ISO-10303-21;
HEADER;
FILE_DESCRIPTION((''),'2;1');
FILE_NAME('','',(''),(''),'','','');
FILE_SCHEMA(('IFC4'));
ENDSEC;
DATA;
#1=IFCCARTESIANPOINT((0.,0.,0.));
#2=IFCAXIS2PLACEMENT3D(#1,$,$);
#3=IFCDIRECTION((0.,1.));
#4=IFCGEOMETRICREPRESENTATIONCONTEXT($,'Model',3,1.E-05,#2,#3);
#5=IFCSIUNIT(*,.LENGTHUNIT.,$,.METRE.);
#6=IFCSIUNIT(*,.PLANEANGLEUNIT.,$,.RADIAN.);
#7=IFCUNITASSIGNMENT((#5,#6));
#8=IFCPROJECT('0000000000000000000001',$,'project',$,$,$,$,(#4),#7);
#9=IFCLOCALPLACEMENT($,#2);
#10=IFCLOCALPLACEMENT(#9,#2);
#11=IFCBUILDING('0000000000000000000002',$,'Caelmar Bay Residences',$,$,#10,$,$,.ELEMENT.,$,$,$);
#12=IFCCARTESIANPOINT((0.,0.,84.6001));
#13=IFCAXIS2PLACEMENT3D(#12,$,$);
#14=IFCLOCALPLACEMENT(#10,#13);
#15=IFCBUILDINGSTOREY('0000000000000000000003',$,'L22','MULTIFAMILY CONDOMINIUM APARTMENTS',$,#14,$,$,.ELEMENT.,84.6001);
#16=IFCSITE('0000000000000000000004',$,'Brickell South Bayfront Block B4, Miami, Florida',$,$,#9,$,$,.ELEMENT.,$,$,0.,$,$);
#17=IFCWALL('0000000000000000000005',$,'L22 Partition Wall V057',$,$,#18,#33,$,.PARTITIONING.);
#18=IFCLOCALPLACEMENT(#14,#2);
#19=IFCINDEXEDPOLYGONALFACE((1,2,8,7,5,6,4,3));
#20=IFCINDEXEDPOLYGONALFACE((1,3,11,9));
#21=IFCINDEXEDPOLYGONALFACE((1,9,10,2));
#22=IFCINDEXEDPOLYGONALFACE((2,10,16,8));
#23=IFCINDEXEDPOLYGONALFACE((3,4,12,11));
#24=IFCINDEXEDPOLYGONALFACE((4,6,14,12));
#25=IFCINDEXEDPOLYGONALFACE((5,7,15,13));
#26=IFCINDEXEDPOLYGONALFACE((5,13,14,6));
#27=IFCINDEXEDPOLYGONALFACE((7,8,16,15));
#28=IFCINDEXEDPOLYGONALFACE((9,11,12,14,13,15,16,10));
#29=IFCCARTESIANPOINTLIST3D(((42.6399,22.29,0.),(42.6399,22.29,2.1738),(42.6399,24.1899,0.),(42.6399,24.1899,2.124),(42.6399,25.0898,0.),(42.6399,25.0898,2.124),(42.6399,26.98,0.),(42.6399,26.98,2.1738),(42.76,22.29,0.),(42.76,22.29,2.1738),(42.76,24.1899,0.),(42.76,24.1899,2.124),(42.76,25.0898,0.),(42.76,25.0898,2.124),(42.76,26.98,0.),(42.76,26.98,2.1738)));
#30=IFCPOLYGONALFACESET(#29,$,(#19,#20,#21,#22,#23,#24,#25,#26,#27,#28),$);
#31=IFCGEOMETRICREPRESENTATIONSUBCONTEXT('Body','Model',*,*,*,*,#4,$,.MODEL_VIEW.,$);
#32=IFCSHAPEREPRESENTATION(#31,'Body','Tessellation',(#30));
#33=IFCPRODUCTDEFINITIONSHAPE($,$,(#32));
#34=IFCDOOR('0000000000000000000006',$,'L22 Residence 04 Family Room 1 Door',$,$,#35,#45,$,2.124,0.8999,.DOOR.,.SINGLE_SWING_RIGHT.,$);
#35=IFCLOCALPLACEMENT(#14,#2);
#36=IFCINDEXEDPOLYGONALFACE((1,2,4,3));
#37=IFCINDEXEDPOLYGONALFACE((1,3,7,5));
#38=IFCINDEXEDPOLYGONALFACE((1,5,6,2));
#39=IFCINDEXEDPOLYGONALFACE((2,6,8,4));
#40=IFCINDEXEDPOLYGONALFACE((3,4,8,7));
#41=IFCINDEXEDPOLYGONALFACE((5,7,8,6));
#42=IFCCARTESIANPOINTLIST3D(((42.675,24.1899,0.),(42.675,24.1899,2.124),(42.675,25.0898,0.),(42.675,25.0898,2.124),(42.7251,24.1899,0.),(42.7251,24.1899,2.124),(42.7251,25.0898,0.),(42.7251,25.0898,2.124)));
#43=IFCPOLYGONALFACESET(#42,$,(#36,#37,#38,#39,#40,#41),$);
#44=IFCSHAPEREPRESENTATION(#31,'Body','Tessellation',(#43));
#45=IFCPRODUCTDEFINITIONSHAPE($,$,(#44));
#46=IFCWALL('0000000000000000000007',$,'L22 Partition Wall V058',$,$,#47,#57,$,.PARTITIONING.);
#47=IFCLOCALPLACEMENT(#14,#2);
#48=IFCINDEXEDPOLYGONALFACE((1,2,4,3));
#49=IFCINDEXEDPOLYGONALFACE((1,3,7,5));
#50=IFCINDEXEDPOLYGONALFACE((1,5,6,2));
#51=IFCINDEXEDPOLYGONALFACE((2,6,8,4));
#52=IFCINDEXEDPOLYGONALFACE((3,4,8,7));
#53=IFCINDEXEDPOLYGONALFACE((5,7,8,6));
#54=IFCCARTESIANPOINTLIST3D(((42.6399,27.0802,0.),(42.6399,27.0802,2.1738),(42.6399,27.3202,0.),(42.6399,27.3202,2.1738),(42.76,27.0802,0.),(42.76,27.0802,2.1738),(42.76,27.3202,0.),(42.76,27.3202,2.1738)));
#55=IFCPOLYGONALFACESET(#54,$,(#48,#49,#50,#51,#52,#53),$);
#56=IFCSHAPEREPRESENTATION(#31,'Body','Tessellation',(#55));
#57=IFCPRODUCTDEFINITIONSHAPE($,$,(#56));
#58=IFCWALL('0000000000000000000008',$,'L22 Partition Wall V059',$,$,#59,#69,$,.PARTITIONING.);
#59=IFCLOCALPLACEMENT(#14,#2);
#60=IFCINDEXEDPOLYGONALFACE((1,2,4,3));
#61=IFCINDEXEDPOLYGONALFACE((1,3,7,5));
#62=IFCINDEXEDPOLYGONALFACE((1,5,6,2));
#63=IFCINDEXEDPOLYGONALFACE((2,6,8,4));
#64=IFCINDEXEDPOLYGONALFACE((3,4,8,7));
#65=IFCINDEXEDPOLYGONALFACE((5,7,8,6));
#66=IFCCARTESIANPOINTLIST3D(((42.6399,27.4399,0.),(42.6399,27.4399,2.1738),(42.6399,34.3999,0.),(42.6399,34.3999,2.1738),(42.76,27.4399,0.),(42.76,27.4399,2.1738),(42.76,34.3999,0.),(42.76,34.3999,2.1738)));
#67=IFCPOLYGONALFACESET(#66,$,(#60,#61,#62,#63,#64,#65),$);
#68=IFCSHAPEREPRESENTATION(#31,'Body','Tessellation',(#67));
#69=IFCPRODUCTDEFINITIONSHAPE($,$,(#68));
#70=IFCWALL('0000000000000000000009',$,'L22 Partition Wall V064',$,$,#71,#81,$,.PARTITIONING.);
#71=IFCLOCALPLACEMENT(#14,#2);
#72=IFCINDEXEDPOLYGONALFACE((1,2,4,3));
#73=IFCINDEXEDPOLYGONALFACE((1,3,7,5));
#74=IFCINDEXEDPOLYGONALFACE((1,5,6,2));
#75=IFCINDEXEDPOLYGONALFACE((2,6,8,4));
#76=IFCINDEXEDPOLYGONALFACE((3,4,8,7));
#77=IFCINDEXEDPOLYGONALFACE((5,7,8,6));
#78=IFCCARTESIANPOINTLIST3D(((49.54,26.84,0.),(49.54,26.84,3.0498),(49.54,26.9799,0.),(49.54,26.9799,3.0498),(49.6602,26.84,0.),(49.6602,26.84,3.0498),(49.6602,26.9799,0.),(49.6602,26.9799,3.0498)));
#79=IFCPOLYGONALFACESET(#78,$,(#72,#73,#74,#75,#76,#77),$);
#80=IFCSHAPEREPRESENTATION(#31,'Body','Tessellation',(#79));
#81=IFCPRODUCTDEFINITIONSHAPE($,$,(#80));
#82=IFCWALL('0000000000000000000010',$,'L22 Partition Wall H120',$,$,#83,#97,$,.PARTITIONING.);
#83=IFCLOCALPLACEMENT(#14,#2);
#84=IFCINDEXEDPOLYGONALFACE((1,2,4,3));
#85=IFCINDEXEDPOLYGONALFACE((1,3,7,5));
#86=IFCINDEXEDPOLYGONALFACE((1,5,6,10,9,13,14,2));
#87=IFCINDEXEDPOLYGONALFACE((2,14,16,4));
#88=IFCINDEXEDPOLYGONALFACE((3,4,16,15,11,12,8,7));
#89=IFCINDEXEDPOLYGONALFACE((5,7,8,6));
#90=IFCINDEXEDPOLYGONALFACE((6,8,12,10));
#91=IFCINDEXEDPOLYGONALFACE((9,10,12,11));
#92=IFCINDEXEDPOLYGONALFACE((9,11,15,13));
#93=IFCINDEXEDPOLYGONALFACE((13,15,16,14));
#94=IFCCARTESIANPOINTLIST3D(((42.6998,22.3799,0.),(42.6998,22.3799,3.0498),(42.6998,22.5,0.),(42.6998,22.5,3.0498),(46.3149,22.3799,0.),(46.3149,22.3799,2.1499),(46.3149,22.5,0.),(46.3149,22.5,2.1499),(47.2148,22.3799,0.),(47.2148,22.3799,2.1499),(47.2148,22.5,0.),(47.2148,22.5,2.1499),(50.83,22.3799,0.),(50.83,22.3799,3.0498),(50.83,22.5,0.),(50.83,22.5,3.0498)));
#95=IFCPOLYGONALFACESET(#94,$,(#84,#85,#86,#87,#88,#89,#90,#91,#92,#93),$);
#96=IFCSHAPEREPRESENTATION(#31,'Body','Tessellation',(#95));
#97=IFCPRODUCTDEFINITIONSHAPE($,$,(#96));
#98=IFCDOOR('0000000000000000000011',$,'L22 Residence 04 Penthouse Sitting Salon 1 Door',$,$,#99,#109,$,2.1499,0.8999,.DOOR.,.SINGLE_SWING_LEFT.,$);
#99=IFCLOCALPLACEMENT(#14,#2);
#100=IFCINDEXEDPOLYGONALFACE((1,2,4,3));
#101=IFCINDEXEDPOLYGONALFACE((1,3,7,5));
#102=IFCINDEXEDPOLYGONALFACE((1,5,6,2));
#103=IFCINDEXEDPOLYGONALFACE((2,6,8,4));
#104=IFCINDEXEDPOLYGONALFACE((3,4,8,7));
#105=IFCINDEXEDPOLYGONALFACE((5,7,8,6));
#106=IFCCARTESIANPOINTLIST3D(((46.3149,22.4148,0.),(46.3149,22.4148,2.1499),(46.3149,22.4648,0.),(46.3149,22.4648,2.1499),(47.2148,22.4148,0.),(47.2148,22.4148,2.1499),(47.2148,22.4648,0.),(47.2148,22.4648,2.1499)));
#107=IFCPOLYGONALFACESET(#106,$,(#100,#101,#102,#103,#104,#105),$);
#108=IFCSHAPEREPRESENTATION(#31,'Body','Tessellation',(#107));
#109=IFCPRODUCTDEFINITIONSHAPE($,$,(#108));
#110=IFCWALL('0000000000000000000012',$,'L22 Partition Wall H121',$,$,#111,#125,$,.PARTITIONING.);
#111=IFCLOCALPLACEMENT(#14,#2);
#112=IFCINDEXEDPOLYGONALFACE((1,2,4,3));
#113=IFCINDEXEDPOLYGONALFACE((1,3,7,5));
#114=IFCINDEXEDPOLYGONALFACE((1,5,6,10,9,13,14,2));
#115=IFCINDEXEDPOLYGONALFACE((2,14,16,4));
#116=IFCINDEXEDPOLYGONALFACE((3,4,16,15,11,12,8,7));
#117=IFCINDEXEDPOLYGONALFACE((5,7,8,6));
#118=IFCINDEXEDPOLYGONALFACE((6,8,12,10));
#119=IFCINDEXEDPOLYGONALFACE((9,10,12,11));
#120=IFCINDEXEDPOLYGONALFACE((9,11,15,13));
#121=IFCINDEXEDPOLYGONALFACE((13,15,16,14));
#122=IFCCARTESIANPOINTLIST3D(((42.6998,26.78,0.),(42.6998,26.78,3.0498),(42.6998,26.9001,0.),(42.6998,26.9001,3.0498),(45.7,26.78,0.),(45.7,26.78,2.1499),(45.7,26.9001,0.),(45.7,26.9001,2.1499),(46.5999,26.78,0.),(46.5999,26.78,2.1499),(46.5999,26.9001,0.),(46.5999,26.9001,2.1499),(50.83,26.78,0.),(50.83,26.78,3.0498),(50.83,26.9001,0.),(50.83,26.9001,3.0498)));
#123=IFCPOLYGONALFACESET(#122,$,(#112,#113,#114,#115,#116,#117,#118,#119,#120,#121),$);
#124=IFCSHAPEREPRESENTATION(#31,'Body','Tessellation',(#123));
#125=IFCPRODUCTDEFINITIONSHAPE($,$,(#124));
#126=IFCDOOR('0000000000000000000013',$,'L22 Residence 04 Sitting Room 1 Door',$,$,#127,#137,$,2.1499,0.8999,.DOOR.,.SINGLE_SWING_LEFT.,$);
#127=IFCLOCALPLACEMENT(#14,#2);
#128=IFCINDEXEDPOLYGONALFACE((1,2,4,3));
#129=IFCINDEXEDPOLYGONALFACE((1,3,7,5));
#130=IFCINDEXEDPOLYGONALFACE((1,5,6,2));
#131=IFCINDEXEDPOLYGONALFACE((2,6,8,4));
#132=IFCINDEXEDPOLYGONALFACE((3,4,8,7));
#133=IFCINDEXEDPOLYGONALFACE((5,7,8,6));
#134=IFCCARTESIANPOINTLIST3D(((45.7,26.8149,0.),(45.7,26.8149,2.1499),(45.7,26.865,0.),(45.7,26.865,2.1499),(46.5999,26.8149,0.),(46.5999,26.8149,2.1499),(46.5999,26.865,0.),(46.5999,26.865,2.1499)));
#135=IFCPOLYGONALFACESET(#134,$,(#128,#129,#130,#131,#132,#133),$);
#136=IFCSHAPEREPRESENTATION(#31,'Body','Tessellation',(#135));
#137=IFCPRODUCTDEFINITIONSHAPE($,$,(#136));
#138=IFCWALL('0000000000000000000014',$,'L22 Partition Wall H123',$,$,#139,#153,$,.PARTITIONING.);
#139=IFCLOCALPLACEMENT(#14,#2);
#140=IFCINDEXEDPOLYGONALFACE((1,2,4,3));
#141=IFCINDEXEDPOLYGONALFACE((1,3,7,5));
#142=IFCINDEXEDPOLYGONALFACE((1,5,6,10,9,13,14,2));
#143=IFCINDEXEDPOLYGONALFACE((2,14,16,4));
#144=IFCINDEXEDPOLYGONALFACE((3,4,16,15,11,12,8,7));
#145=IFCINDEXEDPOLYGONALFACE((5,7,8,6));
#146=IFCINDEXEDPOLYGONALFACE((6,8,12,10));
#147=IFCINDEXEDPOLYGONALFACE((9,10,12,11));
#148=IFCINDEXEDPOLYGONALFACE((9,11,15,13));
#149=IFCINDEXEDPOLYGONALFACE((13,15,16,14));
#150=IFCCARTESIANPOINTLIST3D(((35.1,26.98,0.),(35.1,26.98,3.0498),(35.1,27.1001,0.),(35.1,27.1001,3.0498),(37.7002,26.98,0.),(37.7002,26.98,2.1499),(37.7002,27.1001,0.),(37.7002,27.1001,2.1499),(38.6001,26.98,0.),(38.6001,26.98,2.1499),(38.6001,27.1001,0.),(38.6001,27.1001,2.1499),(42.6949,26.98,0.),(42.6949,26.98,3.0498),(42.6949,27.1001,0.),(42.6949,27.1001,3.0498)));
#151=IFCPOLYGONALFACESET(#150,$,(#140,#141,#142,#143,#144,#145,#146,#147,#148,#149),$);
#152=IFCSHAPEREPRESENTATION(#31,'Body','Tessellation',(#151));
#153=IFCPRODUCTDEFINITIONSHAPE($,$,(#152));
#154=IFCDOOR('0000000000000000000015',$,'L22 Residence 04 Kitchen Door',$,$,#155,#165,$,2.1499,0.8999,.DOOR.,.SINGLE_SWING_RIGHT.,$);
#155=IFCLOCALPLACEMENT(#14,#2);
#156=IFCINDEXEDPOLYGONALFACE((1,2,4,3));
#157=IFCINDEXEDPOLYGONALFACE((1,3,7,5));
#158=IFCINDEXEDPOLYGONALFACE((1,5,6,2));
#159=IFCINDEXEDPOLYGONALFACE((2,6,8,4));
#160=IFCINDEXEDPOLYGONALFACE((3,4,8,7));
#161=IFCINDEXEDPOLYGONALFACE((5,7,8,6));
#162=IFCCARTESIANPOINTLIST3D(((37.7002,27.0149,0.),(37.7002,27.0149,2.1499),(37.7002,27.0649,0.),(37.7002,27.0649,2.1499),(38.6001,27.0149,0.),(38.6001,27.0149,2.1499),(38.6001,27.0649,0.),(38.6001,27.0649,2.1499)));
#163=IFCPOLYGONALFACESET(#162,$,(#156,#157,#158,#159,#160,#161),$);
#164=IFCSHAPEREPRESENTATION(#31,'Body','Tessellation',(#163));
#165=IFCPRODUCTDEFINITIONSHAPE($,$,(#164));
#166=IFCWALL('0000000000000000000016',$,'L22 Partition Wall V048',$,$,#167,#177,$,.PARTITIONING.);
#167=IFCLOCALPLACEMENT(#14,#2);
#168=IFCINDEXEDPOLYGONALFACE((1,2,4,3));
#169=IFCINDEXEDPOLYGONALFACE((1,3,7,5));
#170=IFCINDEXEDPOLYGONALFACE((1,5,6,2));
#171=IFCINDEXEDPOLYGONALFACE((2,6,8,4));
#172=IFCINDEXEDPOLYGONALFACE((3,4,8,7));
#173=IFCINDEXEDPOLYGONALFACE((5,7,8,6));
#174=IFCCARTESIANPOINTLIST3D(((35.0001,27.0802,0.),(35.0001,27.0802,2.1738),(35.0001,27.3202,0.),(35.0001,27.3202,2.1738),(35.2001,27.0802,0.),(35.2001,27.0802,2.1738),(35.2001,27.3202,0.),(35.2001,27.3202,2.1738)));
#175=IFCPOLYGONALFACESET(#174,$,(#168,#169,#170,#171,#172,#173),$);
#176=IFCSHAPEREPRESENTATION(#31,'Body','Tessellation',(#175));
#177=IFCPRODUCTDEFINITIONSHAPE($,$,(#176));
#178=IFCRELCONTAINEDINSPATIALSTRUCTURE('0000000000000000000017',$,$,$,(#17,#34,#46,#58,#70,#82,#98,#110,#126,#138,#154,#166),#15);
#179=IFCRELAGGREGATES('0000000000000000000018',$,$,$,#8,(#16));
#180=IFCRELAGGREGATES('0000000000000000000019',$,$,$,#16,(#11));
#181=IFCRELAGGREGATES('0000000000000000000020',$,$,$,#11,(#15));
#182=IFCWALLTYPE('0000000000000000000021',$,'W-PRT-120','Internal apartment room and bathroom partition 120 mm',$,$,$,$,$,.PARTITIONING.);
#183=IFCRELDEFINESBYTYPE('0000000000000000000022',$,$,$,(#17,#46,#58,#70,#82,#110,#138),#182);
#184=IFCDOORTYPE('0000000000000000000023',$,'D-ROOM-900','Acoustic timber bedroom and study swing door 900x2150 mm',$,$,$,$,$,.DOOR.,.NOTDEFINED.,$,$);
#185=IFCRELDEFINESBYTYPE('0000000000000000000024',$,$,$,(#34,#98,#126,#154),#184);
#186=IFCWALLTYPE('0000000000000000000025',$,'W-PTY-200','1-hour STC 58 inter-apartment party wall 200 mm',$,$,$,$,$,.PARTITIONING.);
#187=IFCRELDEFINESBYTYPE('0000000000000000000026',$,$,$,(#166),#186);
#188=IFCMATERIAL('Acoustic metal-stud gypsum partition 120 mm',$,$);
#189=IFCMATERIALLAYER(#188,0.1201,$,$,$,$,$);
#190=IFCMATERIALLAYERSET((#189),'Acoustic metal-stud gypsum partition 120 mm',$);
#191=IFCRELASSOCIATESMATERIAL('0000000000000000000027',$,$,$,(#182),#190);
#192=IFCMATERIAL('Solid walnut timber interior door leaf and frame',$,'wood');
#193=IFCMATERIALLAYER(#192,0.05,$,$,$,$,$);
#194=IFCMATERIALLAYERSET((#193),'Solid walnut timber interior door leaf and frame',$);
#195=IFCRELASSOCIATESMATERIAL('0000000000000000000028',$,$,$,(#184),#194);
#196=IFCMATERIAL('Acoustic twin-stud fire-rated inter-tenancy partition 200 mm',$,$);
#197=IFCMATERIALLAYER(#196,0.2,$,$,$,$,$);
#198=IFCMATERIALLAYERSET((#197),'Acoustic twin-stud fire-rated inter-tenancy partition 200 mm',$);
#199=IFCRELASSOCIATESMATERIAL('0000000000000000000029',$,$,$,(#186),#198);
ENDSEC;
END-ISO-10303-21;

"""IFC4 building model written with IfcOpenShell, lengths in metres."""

from ifc_helpers import new_model, si_unit, direction, frame, frame_2d, origin, place, context, subcontext, project, spatial, rectangle, extrude, material, layer, layer_set, type_object, element, fill, save


model = new_model("IFC4")

# Units and contexts
model_context = context("Model", 3, precision=1e-05, world=origin(), true_north=direction((0.0, 1.0)))
body_context = subcontext(model_context, "Body", "Model", "MODEL_VIEW")
ifc_project = project(units=[si_unit("LENGTHUNIT", "METRE"), si_unit("PLANEANGLEUNIT", "RADIAN")], contexts=[model_context])

# Site, building, storey
site_placement = place(None, origin())
site = spatial("IfcSite", under=ifc_project, at=site_placement, Name="Brickell South Bayfront Block B4, Miami, Florida", CompositionType="ELEMENT", RefElevation=0.0)
building_placement = place(site_placement, origin())
building = spatial("IfcBuilding", under=site, at=building_placement, Name="Caelmar Bay Residences", CompositionType="ELEMENT")
storey_placement = place(building_placement, frame((0.0, 0.0, 84.6001)))
storey = spatial("IfcBuildingStorey", under=building, at=storey_placement, Name="L22", Description="MULTIFAMILY CONDOMINIUM APARTMENTS", CompositionType="ELEMENT", Elevation=84.6001)

# Shared definitions
ifc_material_1 = material(Name="Acoustic metal-stud gypsum partition 120 mm")
ifc_layer_1 = layer(ifc_material_1, 0.1201)
ifc_layer_set_1 = layer_set([ifc_layer_1], Name="Acoustic metal-stud gypsum partition 120 mm")
wall_type_1 = type_object("IfcWallType", Name="W-PRT-120", Description="Internal apartment room and bathroom partition 120 mm", PredefinedType="PARTITIONING", material=ifc_layer_set_1)

# Wall, opening, door
ifc_material_2 = material(Name="Solid walnut timber interior door leaf and frame", Category="wood")
wall_1_placement = place(storey_placement, frame((42.7, 22.29, 0.0), z_axis=(0.0, 0.0, 1.0), x_axis=(0.0, 1.0, 0.0)))
wall_1 = element("IfcWall", 1, at=wall_1_placement, inside=storey, type_object=wall_type_1, Name="L22 Partition Wall V057", PredefinedType="PARTITIONING", context=body_context, shape_type="SweptSolid", body=[
    extrude(rectangle(XDim=4.6899, YDim=0.1201, at=frame_2d((2.345, 0.0))), origin(), (0.0, 0.0, 1.0), 2.1738),
])
opening_1_placement = place(wall_1_placement, frame((1.8999, 0.0, 0.0)))
opening_1 = element("IfcOpeningElement", 2, at=opening_1_placement, cuts=wall_1, PredefinedType="OPENING", context=body_context, shape_type="SweptSolid", body=[
    extrude(rectangle(XDim=0.8999, YDim=2.124, at=frame_2d((0.45, 1.062))), frame((0.0, 0.0701, 0.0), z_axis=(0.0, -1.0, 0.0), x_axis=(1.0, 0.0, 0.0)), (0.0, 0.0, 1.0), 0.1401),
])
ifc_layer_2 = layer(ifc_material_2, 0.05)
ifc_layer_set_2 = layer_set([ifc_layer_2], Name="Solid walnut timber interior door leaf and frame")
door_type_1 = type_object("IfcDoorType", Name="D-ROOM-900", Description="Acoustic timber bedroom and study swing door 900x2150 mm", OperationType="NOTDEFINED", PredefinedType="DOOR", material=ifc_layer_set_2)
door_1_placement = place(opening_1_placement, origin())
door_1 = element("IfcDoor", 3, at=door_1_placement, inside=storey, type_object=door_type_1, Name="L22 Residence 04 Family Room 1 Door", OperationType="SINGLE_SWING_RIGHT", OverallHeight=2.124, OverallWidth=0.8999, PredefinedType="DOOR", context=body_context, shape_type="SweptSolid", body=[
    extrude(rectangle(XDim=0.8999, YDim=2.124, at=frame_2d((0.45, 1.062))), frame((0.0, 0.0249, 0.0), z_axis=(0.0, -1.0, 0.0), x_axis=(1.0, 0.0, 0.0)), (0.0, 0.0, 1.0), 0.05),
])
fill(opening_1, door_1)

# Walls
wall_2_placement = place(storey_placement, frame((42.7, 27.0801, 0.0), z_axis=(0.0, 0.0, 1.0), x_axis=(0.0, 1.0, 0.0)))
element("IfcWall", 4, at=wall_2_placement, inside=storey, type_object=wall_type_1, Name="L22 Partition Wall V058", PredefinedType="PARTITIONING", context=body_context, shape_type="SweptSolid", body=[
    extrude(rectangle(XDim=0.24, YDim=0.1201, at=frame_2d((0.1201, 0.0))), origin(), (0.0, 0.0, 1.0), 2.1738),
])
wall_3_placement = place(storey_placement, frame((42.7, 27.4399, 0.0), z_axis=(0.0, 0.0, 1.0), x_axis=(0.0, 1.0, 0.0)))
element("IfcWall", 5, at=wall_3_placement, inside=storey, type_object=wall_type_1, Name="L22 Partition Wall V059", PredefinedType="PARTITIONING", context=body_context, shape_type="SweptSolid", body=[
    extrude(rectangle(XDim=6.96, YDim=0.1201, at=frame_2d((3.48, 0.0))), origin(), (0.0, 0.0, 1.0), 2.1738),
])
wall_4_placement = place(storey_placement, frame((49.6001, 26.8401, 0.0), z_axis=(0.0, 0.0, 1.0), x_axis=(0.0, 1.0, 0.0)))
element("IfcWall", 6, at=wall_4_placement, inside=storey, type_object=wall_type_1, Name="L22 Partition Wall V064", PredefinedType="PARTITIONING", context=body_context, shape_type="SweptSolid", body=[
    extrude(rectangle(XDim=0.1399, YDim=0.1201, at=frame_2d((0.0698, 0.0))), origin(), (0.0, 0.0, 1.0), 3.0498),
])

# Walls, openings, doors
wall_5_placement = place(storey_placement, frame((42.7, 22.4399, 0.0), z_axis=(0.0, 0.0, 1.0), x_axis=(1.0, 0.0, 0.0)))
wall_5 = element("IfcWall", 7, at=wall_5_placement, inside=storey, type_object=wall_type_1, Name="L22 Partition Wall H120", PredefinedType="PARTITIONING", context=body_context, shape_type="SweptSolid", body=[
    extrude(rectangle(XDim=8.1301, YDim=0.1201, at=frame_2d((4.0649, 0.0))), origin(), (0.0, 0.0, 1.0), 3.0498),
])
opening_2_placement = place(wall_5_placement, frame((3.615, 0.0, 0.0)))
opening_2 = element("IfcOpeningElement", 8, at=opening_2_placement, cuts=wall_5, PredefinedType="OPENING", context=body_context, shape_type="SweptSolid", body=[
    extrude(rectangle(XDim=0.8999, YDim=2.1499, at=frame_2d((0.45, 1.075))), frame((0.0, 0.0701, 0.0), z_axis=(0.0, -1.0, 0.0), x_axis=(1.0, 0.0, 0.0)), (0.0, 0.0, 1.0), 0.1401),
])
door_2_placement = place(opening_2_placement, origin())
door_2 = element("IfcDoor", 9, at=door_2_placement, inside=storey, type_object=door_type_1, Name="L22 Residence 04 Penthouse Sitting Salon 1 Door", OperationType="SINGLE_SWING_LEFT", OverallHeight=2.1499, OverallWidth=0.8999, PredefinedType="DOOR", context=body_context, shape_type="SweptSolid", body=[
    extrude(rectangle(XDim=0.8999, YDim=2.1499, at=frame_2d((0.45, 1.075))), frame((0.0, 0.0249, 0.0), z_axis=(0.0, -1.0, 0.0), x_axis=(1.0, 0.0, 0.0)), (0.0, 0.0, 1.0), 0.05),
])
fill(opening_2, door_2)
wall_6_placement = place(storey_placement, frame((42.7, 26.8401, 0.0), z_axis=(0.0, 0.0, 1.0), x_axis=(1.0, 0.0, 0.0)))
wall_6 = element("IfcWall", 10, at=wall_6_placement, inside=storey, type_object=wall_type_1, Name="L22 Partition Wall H121", PredefinedType="PARTITIONING", context=body_context, shape_type="SweptSolid", body=[
    extrude(rectangle(XDim=8.1301, YDim=0.1201, at=frame_2d((4.0649, 0.0))), origin(), (0.0, 0.0, 1.0), 3.0498),
])
opening_3_placement = place(wall_6_placement, frame((3.0, 0.0, 0.0)))
opening_3 = element("IfcOpeningElement", 11, at=opening_3_placement, cuts=wall_6, PredefinedType="OPENING", context=body_context, shape_type="SweptSolid", body=[
    extrude(rectangle(XDim=0.8999, YDim=2.1499, at=frame_2d((0.45, 1.075))), frame((0.0, 0.0701, 0.0), z_axis=(0.0, -1.0, 0.0), x_axis=(1.0, 0.0, 0.0)), (0.0, 0.0, 1.0), 0.1401),
])
door_3_placement = place(opening_3_placement, origin())
door_3 = element("IfcDoor", 12, at=door_3_placement, inside=storey, type_object=door_type_1, Name="L22 Residence 04 Sitting Room 1 Door", OperationType="SINGLE_SWING_LEFT", OverallHeight=2.1499, OverallWidth=0.8999, PredefinedType="DOOR", context=body_context, shape_type="SweptSolid", body=[
    extrude(rectangle(XDim=0.8999, YDim=2.1499, at=frame_2d((0.45, 1.075))), frame((0.0, 0.0249, 0.0), z_axis=(0.0, -1.0, 0.0), x_axis=(1.0, 0.0, 0.0)), (0.0, 0.0, 1.0), 0.05),
])
fill(opening_3, door_3)
wall_7_placement = place(storey_placement, frame((35.1001, 27.04, 0.0), z_axis=(0.0, 0.0, 1.0), x_axis=(1.0, 0.0, 0.0)))
wall_7 = element("IfcWall", 13, at=wall_7_placement, inside=storey, type_object=wall_type_1, Name="L22 Partition Wall H123", PredefinedType="PARTITIONING", context=body_context, shape_type="SweptSolid", body=[
    extrude(rectangle(XDim=7.595, YDim=0.1201, at=frame_2d((3.7974, 0.0))), origin(), (0.0, 0.0, 1.0), 3.0498),
])
opening_4_placement = place(wall_7_placement, frame((2.6001, 0.0, 0.0)))
opening_4 = element("IfcOpeningElement", 14, at=opening_4_placement, cuts=wall_7, PredefinedType="OPENING", context=body_context, shape_type="SweptSolid", body=[
    extrude(rectangle(XDim=0.8999, YDim=2.1499, at=frame_2d((0.45, 1.075))), frame((0.0, 0.0701, 0.0), z_axis=(0.0, -1.0, 0.0), x_axis=(1.0, 0.0, 0.0)), (0.0, 0.0, 1.0), 0.1401),
])
door_4_placement = place(opening_4_placement, origin())
door_4 = element("IfcDoor", 15, at=door_4_placement, inside=storey, type_object=door_type_1, Name="L22 Residence 04 Kitchen Door", OperationType="SINGLE_SWING_RIGHT", OverallHeight=2.1499, OverallWidth=0.8999, PredefinedType="DOOR", context=body_context, shape_type="SweptSolid", body=[
    extrude(rectangle(XDim=0.8999, YDim=2.1499, at=frame_2d((0.45, 1.075))), frame((0.0, 0.0249, 0.0), z_axis=(0.0, -1.0, 0.0), x_axis=(1.0, 0.0, 0.0)), (0.0, 0.0, 1.0), 0.05),
])
fill(opening_4, door_4)

# Wall
ifc_material_3 = material(Name="Acoustic twin-stud fire-rated inter-tenancy partition 200 mm")
ifc_layer_3 = layer(ifc_material_3, 0.2)
ifc_layer_set_3 = layer_set([ifc_layer_3], Name="Acoustic twin-stud fire-rated inter-tenancy partition 200 mm")
wall_type_2 = type_object("IfcWallType", Name="W-PTY-200", Description="1-hour STC 58 inter-apartment party wall 200 mm", PredefinedType="PARTITIONING", material=ifc_layer_set_3)
wall_8_placement = place(storey_placement, frame((35.1001, 27.0801, 0.0), z_axis=(0.0, 0.0, 1.0), x_axis=(0.0, 1.0, 0.0)))
element("IfcWall", 16, at=wall_8_placement, inside=storey, type_object=wall_type_2, Name="L22 Partition Wall V048", PredefinedType="PARTITIONING", context=body_context, shape_type="SweptSolid", body=[
    extrude(rectangle(XDim=0.24, YDim=0.2, at=frame_2d((0.1201, 0.0))), origin(), (0.0, 0.0, 1.0), 2.1738),
])

save(model, "model.ifc")
